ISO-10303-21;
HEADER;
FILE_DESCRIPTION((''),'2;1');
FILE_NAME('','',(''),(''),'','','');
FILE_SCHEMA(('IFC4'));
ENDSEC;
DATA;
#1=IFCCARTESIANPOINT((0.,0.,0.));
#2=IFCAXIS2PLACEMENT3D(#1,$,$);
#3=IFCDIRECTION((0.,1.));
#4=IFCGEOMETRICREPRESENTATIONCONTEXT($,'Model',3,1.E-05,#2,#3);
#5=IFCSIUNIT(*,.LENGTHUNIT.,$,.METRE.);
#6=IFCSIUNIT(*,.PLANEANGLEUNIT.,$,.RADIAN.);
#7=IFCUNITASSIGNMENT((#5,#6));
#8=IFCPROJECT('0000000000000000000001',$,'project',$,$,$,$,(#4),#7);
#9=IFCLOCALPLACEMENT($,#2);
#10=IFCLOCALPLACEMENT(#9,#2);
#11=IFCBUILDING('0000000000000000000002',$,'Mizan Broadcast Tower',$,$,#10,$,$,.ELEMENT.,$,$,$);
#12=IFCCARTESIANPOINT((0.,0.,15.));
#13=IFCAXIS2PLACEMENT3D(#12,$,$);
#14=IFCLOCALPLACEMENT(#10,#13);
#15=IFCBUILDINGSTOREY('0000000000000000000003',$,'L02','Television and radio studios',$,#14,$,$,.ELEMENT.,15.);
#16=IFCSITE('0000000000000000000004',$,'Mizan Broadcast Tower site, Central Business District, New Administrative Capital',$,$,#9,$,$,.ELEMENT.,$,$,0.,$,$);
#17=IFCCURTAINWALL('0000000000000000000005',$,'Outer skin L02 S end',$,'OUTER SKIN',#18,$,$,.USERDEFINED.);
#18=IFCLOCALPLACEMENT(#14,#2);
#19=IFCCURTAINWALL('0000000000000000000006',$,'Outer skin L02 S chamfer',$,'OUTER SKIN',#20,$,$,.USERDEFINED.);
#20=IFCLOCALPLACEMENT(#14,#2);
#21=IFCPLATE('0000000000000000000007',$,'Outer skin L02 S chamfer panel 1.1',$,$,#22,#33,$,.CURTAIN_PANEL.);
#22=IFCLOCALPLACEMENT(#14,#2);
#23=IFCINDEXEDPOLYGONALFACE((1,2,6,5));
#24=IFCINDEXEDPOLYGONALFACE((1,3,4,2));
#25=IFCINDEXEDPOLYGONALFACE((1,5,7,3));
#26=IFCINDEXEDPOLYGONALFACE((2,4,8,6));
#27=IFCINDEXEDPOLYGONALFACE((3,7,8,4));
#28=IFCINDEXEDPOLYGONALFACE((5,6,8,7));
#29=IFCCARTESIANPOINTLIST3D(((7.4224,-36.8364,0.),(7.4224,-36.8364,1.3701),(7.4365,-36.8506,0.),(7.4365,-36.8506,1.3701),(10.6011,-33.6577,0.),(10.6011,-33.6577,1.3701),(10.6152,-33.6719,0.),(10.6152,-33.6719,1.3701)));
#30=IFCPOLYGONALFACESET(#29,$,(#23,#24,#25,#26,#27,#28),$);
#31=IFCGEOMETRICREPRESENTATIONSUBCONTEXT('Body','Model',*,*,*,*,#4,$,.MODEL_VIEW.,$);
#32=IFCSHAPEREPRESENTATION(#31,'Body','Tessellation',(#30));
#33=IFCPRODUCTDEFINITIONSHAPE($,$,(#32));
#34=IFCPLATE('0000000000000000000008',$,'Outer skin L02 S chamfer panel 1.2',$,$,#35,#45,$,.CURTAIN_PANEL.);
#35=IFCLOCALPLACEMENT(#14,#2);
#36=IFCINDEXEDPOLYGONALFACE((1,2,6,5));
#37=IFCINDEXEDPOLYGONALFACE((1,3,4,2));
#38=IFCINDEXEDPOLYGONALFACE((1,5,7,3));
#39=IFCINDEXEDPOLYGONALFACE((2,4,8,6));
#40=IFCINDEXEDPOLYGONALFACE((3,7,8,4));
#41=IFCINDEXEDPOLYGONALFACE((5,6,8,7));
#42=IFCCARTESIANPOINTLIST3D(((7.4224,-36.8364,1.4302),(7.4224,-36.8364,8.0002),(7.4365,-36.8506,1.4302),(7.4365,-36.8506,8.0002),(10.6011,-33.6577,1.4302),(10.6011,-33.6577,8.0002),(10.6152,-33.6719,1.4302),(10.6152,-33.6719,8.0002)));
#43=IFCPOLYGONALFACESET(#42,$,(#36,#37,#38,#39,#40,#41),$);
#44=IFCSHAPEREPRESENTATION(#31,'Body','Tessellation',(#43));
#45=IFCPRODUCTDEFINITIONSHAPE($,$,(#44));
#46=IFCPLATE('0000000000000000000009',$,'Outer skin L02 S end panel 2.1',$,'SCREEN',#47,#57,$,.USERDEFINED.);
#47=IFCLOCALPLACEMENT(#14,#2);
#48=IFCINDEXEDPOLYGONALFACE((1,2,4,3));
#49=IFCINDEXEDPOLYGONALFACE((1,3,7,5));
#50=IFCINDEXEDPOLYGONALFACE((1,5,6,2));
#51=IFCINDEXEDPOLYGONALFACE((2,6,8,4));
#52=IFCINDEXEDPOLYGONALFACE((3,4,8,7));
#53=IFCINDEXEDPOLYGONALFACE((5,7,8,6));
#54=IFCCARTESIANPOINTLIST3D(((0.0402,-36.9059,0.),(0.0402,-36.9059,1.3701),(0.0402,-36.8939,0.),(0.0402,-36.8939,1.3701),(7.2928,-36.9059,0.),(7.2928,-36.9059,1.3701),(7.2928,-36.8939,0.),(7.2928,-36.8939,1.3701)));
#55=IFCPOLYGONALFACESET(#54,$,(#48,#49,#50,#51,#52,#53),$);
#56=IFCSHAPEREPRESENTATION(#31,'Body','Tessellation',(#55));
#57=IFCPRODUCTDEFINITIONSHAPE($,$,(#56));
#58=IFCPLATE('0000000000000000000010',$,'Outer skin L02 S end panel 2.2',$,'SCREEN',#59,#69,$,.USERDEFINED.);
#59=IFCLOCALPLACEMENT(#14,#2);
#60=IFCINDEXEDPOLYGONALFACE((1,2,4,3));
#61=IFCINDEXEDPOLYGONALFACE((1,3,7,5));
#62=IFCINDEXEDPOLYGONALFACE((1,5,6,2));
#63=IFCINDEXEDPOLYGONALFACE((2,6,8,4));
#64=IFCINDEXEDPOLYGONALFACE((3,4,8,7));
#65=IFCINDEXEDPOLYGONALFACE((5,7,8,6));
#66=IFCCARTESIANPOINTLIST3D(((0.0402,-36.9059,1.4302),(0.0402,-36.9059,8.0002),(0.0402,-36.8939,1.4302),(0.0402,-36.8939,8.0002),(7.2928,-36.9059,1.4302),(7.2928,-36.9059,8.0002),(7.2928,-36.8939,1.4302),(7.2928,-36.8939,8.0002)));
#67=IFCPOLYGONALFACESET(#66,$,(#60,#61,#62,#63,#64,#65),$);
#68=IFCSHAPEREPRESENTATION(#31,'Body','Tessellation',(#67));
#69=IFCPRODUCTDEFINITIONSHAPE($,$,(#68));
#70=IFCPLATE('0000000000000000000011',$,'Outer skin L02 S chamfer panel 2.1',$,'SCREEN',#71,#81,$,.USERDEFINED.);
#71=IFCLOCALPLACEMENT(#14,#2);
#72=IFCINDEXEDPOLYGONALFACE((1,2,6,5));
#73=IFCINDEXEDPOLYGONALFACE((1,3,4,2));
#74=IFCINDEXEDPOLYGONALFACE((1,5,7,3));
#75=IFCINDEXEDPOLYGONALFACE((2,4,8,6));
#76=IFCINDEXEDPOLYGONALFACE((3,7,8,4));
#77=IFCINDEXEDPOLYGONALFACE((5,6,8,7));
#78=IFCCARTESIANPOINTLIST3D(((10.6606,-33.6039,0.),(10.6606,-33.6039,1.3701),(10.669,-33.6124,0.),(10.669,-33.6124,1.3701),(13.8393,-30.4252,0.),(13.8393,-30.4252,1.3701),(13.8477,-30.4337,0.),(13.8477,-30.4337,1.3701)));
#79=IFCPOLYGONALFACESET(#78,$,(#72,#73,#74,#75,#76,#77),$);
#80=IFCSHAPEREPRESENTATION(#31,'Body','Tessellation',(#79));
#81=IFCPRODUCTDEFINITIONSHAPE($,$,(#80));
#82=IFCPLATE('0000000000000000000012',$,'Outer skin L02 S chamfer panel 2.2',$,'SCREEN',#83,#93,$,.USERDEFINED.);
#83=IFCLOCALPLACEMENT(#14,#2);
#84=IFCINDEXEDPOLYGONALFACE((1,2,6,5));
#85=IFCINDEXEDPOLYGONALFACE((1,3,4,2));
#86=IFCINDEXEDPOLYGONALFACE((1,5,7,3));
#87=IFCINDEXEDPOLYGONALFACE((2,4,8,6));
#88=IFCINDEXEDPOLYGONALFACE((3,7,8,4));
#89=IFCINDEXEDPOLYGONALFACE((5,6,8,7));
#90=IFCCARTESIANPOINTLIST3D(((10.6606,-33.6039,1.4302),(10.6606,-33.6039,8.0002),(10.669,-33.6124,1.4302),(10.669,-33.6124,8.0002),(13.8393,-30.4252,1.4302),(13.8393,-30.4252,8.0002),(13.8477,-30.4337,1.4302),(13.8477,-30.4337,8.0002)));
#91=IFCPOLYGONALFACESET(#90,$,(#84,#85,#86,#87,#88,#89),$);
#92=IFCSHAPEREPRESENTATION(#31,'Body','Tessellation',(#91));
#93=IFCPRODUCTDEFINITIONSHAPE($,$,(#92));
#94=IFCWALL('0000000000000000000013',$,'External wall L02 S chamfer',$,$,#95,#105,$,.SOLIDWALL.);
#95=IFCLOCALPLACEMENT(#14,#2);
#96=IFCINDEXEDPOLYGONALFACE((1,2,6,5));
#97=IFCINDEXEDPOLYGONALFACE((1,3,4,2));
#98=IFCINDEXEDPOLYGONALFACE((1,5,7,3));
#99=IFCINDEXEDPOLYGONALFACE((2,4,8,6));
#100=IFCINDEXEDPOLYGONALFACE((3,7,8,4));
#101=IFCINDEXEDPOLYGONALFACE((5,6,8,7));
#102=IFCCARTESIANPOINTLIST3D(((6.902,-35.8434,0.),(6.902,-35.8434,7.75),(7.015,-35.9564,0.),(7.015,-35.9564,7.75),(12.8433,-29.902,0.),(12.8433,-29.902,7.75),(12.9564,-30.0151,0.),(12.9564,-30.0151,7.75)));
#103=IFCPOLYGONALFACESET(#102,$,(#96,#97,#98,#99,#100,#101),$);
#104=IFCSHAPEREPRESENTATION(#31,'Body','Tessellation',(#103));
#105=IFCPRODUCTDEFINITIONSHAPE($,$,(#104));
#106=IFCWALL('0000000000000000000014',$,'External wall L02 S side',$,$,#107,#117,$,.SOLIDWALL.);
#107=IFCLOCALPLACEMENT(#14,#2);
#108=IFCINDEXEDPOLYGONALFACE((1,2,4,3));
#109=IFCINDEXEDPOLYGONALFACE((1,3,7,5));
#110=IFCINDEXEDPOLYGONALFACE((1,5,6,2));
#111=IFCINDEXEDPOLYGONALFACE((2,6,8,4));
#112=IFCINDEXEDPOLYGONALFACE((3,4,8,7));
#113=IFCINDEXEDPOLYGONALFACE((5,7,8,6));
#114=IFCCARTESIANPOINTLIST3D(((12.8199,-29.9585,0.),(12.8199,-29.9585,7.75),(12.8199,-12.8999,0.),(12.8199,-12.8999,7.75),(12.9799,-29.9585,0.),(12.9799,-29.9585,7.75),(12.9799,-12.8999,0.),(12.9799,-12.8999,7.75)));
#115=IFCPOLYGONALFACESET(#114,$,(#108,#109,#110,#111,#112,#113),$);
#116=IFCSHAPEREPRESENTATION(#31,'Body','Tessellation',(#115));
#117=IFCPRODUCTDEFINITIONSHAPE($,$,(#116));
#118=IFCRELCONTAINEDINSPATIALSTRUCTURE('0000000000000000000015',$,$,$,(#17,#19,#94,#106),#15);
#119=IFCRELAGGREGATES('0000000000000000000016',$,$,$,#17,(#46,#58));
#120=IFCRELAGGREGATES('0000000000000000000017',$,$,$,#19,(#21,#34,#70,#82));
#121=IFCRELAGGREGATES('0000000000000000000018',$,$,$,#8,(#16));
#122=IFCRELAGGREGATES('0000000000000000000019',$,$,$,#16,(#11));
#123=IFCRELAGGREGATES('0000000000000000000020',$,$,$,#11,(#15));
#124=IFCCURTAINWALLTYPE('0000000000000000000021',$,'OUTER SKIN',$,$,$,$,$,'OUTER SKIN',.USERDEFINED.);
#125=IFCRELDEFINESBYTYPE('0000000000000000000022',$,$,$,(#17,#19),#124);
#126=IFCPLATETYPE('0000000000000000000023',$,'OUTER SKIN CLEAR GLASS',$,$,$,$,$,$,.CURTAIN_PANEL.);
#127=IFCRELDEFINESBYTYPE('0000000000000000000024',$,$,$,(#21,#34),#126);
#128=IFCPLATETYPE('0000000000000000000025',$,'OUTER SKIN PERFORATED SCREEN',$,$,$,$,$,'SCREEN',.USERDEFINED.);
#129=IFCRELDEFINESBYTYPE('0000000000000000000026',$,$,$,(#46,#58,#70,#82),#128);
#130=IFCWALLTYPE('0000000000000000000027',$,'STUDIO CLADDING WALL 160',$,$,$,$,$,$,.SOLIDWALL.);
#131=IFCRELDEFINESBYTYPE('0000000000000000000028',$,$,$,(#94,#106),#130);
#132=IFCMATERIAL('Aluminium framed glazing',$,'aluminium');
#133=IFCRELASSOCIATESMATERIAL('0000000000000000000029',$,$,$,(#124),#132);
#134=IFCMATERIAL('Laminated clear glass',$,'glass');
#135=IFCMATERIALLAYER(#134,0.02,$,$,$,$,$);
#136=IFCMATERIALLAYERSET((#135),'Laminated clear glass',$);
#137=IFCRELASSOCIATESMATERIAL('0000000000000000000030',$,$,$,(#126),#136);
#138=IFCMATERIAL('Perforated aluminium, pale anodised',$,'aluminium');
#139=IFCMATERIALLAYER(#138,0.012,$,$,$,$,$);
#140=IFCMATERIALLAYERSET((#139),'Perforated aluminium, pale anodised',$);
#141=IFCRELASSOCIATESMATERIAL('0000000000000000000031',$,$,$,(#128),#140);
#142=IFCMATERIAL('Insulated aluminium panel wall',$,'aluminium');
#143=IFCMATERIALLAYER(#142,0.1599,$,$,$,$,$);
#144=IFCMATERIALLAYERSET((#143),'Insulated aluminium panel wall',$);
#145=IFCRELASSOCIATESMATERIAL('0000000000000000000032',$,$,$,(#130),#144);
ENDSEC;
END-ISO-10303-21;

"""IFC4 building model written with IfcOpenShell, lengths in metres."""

from ifc_helpers import new_model, si_unit, direction, frame, frame_2d, origin, origin_2d, place, context, subcontext, project, spatial, rectangle, extrude, material, layer, layer_set, type_object, element, aggregate, save


model = new_model("IFC4")

# Units and contexts
model_context = context("Model", 3, precision=1e-05, world=origin(), true_north=direction((0.0, 1.0)))
body_context = subcontext(model_context, "Body", "Model", "MODEL_VIEW")
ifc_project = project(units=[si_unit("LENGTHUNIT", "METRE"), si_unit("PLANEANGLEUNIT", "RADIAN")], contexts=[model_context])

# Site, building, storey
site_placement = place(None, origin())
site = spatial("IfcSite", under=ifc_project, at=site_placement, Name="Mizan Broadcast Tower site, Central Business District, New Administrative Capital", CompositionType="ELEMENT", RefElevation=0.0)
building_placement = place(site_placement, origin())
building = spatial("IfcBuilding", under=site, at=building_placement, Name="Mizan Broadcast Tower", CompositionType="ELEMENT")
storey_placement = place(building_placement, frame((0.0, 0.0, 15.0)))
storey = spatial("IfcBuildingStorey", under=building, at=storey_placement, Name="L02", Description="Television and radio studios", CompositionType="ELEMENT", Elevation=15.0)

# Curtain wall
ifc_material_1 = material(Name="Aluminium framed glazing", Category="aluminium")
curtain_wall_type = type_object("IfcCurtainWallType", Name="OUTER SKIN", ElementType="OUTER SKIN", PredefinedType="USERDEFINED", material=ifc_material_1)
curtain_wall_1_placement = place(storey_placement, origin())
curtain_wall_1 = element("IfcCurtainWall", 1, at=curtain_wall_1_placement, inside=storey, type_object=curtain_wall_type, Name="Outer skin L02 S end", ObjectType="OUTER SKIN", PredefinedType="USERDEFINED")

# Curtain wall
curtain_wall_2_placement = place(storey_placement, origin())
curtain_wall_2 = element("IfcCurtainWall", 2, at=curtain_wall_2_placement, inside=storey, type_object=curtain_wall_type, Name="Outer skin L02 S chamfer", ObjectType="OUTER SKIN", PredefinedType="USERDEFINED")

# Plates
ifc_material_2 = material(Name="Laminated clear glass", Category="glass")
ifc_layer_1 = layer(ifc_material_2, 0.02)
ifc_layer_set_1 = layer_set([ifc_layer_1], Name="Laminated clear glass")
plate_type_1 = type_object("IfcPlateType", Name="OUTER SKIN CLEAR GLASS", PredefinedType="CURTAIN_PANEL", material=ifc_layer_set_1)
plate_1_placement = place(storey_placement, frame((9.0188, -35.2542, 0.0), z_axis=(0.0, 0.0, 1.0), x_axis=(0.707107, 0.707107, 0.0)))
plate_1 = element("IfcPlate", 3, at=plate_1_placement, type_object=plate_type_1, Name="Outer skin L02 S chamfer panel 1.1", PredefinedType="CURTAIN_PANEL", context=body_context, shape_type="SweptSolid", body=[
    extrude(rectangle(XDim=4.4954, YDim=0.02, at=origin_2d()), origin(), (0.0, 0.0, 1.0), 1.3701),
])
plate_2_placement = place(storey_placement, frame((9.0188, -35.2542, 1.4302), z_axis=(0.0, 0.0, 1.0), x_axis=(0.707107, 0.707107, 0.0)))
plate_2 = element("IfcPlate", 4, at=plate_2_placement, type_object=plate_type_1, Name="Outer skin L02 S chamfer panel 1.2", PredefinedType="CURTAIN_PANEL", context=body_context, shape_type="SweptSolid", body=[
    extrude(rectangle(XDim=4.4954, YDim=0.02, at=origin_2d()), origin(), (0.0, 0.0, 1.0), 6.5701),
])
ifc_material_3 = material(Name="Perforated aluminium, pale anodised", Category="aluminium")
ifc_layer_2 = layer(ifc_material_3, 0.012)
ifc_layer_set_2 = layer_set([ifc_layer_2], Name="Perforated aluminium, pale anodised")
plate_type_2 = type_object("IfcPlateType", Name="OUTER SKIN PERFORATED SCREEN", ElementType="SCREEN", PredefinedType="USERDEFINED", material=ifc_layer_set_2)
plate_3_placement = place(storey_placement, frame((3.6665, -36.8999, 0.0), z_axis=(0.0, 0.0, 1.0), x_axis=(1.0, 0.0, 0.0)))
plate_3 = element("IfcPlate", 5, at=plate_3_placement, type_object=plate_type_2, Name="Outer skin L02 S end panel 2.1", ObjectType="SCREEN", PredefinedType="USERDEFINED", context=body_context, shape_type="SweptSolid", body=[
    extrude(rectangle(XDim=7.2527, YDim=0.012, at=origin_2d()), origin(), (0.0, 0.0, 1.0), 1.3701),
])
plate_4_placement = place(storey_placement, frame((3.6665, -36.8999, 1.4302), z_axis=(0.0, 0.0, 1.0), x_axis=(1.0, 0.0, 0.0)))
plate_4 = element("IfcPlate", 6, at=plate_4_placement, type_object=plate_type_2, Name="Outer skin L02 S end panel 2.2", ObjectType="SCREEN", PredefinedType="USERDEFINED", context=body_context, shape_type="SweptSolid", body=[
    extrude(rectangle(XDim=7.2527, YDim=0.012, at=origin_2d()), origin(), (0.0, 0.0, 1.0), 6.5701),
])
aggregate(curtain_wall_1, [plate_3, plate_4])
plate_5_placement = place(storey_placement, frame((12.2542, -32.0188, 0.0), z_axis=(0.0, 0.0, 1.0), x_axis=(0.707107, 0.707107, 0.0)))
plate_5 = element("IfcPlate", 7, at=plate_5_placement, type_object=plate_type_2, Name="Outer skin L02 S chamfer panel 2.1", ObjectType="SCREEN", PredefinedType="USERDEFINED", context=body_context, shape_type="SweptSolid", body=[
    extrude(rectangle(XDim=4.4954, YDim=0.012, at=origin_2d()), origin(), (0.0, 0.0, 1.0), 1.3701),
])
plate_6_placement = place(storey_placement, frame((12.2542, -32.0188, 1.4302), z_axis=(0.0, 0.0, 1.0), x_axis=(0.707107, 0.707107, 0.0)))
plate_6 = element("IfcPlate", 8, at=plate_6_placement, type_object=plate_type_2, Name="Outer skin L02 S chamfer panel 2.2", ObjectType="SCREEN", PredefinedType="USERDEFINED", context=body_context, shape_type="SweptSolid", body=[
    extrude(rectangle(XDim=4.4954, YDim=0.012, at=origin_2d()), origin(), (0.0, 0.0, 1.0), 6.5701),
])
aggregate(curtain_wall_2, [plate_1, plate_2, plate_5, plate_6])

# Walls
ifc_material_4 = material(Name="Insulated aluminium panel wall", Category="aluminium")
ifc_layer_3 = layer(ifc_material_4, 0.1599)
ifc_layer_set_3 = layer_set([ifc_layer_3], Name="Insulated aluminium panel wall")
wall_type = type_object("IfcWallType", Name="STUDIO CLADDING WALL 160", PredefinedType="SOLIDWALL", material=ifc_layer_set_3)
wall_1_placement = place(storey_placement, frame((6.9585, -35.8999, 0.0), z_axis=(0.0, 0.0, 1.0), x_axis=(0.707107, 0.707107, 0.0)))
element("IfcWall", 9, at=wall_1_placement, inside=storey, type_object=wall_type, Name="External wall L02 S chamfer", PredefinedType="SOLIDWALL", context=body_context, shape_type="SweptSolid", body=[
    extrude(rectangle(XDim=8.4023, YDim=0.1599, at=frame_2d((4.2012, 0.0))), origin(), (0.0, 0.0, 1.0), 7.75),
])
wall_2_placement = place(storey_placement, frame((12.8999, -29.9585, 0.0), z_axis=(0.0, 0.0, 1.0), x_axis=(0.0, 1.0, 0.0)))
element("IfcWall", 10, at=wall_2_placement, inside=storey, type_object=wall_type, Name="External wall L02 S side", PredefinedType="SOLIDWALL", context=body_context, shape_type="SweptSolid", body=[
    extrude(rectangle(XDim=17.0586, YDim=0.1599, at=frame_2d((8.5293, 0.0))), origin(), (0.0, 0.0, 1.0), 7.75),
])

save(model, "model.ifc")
